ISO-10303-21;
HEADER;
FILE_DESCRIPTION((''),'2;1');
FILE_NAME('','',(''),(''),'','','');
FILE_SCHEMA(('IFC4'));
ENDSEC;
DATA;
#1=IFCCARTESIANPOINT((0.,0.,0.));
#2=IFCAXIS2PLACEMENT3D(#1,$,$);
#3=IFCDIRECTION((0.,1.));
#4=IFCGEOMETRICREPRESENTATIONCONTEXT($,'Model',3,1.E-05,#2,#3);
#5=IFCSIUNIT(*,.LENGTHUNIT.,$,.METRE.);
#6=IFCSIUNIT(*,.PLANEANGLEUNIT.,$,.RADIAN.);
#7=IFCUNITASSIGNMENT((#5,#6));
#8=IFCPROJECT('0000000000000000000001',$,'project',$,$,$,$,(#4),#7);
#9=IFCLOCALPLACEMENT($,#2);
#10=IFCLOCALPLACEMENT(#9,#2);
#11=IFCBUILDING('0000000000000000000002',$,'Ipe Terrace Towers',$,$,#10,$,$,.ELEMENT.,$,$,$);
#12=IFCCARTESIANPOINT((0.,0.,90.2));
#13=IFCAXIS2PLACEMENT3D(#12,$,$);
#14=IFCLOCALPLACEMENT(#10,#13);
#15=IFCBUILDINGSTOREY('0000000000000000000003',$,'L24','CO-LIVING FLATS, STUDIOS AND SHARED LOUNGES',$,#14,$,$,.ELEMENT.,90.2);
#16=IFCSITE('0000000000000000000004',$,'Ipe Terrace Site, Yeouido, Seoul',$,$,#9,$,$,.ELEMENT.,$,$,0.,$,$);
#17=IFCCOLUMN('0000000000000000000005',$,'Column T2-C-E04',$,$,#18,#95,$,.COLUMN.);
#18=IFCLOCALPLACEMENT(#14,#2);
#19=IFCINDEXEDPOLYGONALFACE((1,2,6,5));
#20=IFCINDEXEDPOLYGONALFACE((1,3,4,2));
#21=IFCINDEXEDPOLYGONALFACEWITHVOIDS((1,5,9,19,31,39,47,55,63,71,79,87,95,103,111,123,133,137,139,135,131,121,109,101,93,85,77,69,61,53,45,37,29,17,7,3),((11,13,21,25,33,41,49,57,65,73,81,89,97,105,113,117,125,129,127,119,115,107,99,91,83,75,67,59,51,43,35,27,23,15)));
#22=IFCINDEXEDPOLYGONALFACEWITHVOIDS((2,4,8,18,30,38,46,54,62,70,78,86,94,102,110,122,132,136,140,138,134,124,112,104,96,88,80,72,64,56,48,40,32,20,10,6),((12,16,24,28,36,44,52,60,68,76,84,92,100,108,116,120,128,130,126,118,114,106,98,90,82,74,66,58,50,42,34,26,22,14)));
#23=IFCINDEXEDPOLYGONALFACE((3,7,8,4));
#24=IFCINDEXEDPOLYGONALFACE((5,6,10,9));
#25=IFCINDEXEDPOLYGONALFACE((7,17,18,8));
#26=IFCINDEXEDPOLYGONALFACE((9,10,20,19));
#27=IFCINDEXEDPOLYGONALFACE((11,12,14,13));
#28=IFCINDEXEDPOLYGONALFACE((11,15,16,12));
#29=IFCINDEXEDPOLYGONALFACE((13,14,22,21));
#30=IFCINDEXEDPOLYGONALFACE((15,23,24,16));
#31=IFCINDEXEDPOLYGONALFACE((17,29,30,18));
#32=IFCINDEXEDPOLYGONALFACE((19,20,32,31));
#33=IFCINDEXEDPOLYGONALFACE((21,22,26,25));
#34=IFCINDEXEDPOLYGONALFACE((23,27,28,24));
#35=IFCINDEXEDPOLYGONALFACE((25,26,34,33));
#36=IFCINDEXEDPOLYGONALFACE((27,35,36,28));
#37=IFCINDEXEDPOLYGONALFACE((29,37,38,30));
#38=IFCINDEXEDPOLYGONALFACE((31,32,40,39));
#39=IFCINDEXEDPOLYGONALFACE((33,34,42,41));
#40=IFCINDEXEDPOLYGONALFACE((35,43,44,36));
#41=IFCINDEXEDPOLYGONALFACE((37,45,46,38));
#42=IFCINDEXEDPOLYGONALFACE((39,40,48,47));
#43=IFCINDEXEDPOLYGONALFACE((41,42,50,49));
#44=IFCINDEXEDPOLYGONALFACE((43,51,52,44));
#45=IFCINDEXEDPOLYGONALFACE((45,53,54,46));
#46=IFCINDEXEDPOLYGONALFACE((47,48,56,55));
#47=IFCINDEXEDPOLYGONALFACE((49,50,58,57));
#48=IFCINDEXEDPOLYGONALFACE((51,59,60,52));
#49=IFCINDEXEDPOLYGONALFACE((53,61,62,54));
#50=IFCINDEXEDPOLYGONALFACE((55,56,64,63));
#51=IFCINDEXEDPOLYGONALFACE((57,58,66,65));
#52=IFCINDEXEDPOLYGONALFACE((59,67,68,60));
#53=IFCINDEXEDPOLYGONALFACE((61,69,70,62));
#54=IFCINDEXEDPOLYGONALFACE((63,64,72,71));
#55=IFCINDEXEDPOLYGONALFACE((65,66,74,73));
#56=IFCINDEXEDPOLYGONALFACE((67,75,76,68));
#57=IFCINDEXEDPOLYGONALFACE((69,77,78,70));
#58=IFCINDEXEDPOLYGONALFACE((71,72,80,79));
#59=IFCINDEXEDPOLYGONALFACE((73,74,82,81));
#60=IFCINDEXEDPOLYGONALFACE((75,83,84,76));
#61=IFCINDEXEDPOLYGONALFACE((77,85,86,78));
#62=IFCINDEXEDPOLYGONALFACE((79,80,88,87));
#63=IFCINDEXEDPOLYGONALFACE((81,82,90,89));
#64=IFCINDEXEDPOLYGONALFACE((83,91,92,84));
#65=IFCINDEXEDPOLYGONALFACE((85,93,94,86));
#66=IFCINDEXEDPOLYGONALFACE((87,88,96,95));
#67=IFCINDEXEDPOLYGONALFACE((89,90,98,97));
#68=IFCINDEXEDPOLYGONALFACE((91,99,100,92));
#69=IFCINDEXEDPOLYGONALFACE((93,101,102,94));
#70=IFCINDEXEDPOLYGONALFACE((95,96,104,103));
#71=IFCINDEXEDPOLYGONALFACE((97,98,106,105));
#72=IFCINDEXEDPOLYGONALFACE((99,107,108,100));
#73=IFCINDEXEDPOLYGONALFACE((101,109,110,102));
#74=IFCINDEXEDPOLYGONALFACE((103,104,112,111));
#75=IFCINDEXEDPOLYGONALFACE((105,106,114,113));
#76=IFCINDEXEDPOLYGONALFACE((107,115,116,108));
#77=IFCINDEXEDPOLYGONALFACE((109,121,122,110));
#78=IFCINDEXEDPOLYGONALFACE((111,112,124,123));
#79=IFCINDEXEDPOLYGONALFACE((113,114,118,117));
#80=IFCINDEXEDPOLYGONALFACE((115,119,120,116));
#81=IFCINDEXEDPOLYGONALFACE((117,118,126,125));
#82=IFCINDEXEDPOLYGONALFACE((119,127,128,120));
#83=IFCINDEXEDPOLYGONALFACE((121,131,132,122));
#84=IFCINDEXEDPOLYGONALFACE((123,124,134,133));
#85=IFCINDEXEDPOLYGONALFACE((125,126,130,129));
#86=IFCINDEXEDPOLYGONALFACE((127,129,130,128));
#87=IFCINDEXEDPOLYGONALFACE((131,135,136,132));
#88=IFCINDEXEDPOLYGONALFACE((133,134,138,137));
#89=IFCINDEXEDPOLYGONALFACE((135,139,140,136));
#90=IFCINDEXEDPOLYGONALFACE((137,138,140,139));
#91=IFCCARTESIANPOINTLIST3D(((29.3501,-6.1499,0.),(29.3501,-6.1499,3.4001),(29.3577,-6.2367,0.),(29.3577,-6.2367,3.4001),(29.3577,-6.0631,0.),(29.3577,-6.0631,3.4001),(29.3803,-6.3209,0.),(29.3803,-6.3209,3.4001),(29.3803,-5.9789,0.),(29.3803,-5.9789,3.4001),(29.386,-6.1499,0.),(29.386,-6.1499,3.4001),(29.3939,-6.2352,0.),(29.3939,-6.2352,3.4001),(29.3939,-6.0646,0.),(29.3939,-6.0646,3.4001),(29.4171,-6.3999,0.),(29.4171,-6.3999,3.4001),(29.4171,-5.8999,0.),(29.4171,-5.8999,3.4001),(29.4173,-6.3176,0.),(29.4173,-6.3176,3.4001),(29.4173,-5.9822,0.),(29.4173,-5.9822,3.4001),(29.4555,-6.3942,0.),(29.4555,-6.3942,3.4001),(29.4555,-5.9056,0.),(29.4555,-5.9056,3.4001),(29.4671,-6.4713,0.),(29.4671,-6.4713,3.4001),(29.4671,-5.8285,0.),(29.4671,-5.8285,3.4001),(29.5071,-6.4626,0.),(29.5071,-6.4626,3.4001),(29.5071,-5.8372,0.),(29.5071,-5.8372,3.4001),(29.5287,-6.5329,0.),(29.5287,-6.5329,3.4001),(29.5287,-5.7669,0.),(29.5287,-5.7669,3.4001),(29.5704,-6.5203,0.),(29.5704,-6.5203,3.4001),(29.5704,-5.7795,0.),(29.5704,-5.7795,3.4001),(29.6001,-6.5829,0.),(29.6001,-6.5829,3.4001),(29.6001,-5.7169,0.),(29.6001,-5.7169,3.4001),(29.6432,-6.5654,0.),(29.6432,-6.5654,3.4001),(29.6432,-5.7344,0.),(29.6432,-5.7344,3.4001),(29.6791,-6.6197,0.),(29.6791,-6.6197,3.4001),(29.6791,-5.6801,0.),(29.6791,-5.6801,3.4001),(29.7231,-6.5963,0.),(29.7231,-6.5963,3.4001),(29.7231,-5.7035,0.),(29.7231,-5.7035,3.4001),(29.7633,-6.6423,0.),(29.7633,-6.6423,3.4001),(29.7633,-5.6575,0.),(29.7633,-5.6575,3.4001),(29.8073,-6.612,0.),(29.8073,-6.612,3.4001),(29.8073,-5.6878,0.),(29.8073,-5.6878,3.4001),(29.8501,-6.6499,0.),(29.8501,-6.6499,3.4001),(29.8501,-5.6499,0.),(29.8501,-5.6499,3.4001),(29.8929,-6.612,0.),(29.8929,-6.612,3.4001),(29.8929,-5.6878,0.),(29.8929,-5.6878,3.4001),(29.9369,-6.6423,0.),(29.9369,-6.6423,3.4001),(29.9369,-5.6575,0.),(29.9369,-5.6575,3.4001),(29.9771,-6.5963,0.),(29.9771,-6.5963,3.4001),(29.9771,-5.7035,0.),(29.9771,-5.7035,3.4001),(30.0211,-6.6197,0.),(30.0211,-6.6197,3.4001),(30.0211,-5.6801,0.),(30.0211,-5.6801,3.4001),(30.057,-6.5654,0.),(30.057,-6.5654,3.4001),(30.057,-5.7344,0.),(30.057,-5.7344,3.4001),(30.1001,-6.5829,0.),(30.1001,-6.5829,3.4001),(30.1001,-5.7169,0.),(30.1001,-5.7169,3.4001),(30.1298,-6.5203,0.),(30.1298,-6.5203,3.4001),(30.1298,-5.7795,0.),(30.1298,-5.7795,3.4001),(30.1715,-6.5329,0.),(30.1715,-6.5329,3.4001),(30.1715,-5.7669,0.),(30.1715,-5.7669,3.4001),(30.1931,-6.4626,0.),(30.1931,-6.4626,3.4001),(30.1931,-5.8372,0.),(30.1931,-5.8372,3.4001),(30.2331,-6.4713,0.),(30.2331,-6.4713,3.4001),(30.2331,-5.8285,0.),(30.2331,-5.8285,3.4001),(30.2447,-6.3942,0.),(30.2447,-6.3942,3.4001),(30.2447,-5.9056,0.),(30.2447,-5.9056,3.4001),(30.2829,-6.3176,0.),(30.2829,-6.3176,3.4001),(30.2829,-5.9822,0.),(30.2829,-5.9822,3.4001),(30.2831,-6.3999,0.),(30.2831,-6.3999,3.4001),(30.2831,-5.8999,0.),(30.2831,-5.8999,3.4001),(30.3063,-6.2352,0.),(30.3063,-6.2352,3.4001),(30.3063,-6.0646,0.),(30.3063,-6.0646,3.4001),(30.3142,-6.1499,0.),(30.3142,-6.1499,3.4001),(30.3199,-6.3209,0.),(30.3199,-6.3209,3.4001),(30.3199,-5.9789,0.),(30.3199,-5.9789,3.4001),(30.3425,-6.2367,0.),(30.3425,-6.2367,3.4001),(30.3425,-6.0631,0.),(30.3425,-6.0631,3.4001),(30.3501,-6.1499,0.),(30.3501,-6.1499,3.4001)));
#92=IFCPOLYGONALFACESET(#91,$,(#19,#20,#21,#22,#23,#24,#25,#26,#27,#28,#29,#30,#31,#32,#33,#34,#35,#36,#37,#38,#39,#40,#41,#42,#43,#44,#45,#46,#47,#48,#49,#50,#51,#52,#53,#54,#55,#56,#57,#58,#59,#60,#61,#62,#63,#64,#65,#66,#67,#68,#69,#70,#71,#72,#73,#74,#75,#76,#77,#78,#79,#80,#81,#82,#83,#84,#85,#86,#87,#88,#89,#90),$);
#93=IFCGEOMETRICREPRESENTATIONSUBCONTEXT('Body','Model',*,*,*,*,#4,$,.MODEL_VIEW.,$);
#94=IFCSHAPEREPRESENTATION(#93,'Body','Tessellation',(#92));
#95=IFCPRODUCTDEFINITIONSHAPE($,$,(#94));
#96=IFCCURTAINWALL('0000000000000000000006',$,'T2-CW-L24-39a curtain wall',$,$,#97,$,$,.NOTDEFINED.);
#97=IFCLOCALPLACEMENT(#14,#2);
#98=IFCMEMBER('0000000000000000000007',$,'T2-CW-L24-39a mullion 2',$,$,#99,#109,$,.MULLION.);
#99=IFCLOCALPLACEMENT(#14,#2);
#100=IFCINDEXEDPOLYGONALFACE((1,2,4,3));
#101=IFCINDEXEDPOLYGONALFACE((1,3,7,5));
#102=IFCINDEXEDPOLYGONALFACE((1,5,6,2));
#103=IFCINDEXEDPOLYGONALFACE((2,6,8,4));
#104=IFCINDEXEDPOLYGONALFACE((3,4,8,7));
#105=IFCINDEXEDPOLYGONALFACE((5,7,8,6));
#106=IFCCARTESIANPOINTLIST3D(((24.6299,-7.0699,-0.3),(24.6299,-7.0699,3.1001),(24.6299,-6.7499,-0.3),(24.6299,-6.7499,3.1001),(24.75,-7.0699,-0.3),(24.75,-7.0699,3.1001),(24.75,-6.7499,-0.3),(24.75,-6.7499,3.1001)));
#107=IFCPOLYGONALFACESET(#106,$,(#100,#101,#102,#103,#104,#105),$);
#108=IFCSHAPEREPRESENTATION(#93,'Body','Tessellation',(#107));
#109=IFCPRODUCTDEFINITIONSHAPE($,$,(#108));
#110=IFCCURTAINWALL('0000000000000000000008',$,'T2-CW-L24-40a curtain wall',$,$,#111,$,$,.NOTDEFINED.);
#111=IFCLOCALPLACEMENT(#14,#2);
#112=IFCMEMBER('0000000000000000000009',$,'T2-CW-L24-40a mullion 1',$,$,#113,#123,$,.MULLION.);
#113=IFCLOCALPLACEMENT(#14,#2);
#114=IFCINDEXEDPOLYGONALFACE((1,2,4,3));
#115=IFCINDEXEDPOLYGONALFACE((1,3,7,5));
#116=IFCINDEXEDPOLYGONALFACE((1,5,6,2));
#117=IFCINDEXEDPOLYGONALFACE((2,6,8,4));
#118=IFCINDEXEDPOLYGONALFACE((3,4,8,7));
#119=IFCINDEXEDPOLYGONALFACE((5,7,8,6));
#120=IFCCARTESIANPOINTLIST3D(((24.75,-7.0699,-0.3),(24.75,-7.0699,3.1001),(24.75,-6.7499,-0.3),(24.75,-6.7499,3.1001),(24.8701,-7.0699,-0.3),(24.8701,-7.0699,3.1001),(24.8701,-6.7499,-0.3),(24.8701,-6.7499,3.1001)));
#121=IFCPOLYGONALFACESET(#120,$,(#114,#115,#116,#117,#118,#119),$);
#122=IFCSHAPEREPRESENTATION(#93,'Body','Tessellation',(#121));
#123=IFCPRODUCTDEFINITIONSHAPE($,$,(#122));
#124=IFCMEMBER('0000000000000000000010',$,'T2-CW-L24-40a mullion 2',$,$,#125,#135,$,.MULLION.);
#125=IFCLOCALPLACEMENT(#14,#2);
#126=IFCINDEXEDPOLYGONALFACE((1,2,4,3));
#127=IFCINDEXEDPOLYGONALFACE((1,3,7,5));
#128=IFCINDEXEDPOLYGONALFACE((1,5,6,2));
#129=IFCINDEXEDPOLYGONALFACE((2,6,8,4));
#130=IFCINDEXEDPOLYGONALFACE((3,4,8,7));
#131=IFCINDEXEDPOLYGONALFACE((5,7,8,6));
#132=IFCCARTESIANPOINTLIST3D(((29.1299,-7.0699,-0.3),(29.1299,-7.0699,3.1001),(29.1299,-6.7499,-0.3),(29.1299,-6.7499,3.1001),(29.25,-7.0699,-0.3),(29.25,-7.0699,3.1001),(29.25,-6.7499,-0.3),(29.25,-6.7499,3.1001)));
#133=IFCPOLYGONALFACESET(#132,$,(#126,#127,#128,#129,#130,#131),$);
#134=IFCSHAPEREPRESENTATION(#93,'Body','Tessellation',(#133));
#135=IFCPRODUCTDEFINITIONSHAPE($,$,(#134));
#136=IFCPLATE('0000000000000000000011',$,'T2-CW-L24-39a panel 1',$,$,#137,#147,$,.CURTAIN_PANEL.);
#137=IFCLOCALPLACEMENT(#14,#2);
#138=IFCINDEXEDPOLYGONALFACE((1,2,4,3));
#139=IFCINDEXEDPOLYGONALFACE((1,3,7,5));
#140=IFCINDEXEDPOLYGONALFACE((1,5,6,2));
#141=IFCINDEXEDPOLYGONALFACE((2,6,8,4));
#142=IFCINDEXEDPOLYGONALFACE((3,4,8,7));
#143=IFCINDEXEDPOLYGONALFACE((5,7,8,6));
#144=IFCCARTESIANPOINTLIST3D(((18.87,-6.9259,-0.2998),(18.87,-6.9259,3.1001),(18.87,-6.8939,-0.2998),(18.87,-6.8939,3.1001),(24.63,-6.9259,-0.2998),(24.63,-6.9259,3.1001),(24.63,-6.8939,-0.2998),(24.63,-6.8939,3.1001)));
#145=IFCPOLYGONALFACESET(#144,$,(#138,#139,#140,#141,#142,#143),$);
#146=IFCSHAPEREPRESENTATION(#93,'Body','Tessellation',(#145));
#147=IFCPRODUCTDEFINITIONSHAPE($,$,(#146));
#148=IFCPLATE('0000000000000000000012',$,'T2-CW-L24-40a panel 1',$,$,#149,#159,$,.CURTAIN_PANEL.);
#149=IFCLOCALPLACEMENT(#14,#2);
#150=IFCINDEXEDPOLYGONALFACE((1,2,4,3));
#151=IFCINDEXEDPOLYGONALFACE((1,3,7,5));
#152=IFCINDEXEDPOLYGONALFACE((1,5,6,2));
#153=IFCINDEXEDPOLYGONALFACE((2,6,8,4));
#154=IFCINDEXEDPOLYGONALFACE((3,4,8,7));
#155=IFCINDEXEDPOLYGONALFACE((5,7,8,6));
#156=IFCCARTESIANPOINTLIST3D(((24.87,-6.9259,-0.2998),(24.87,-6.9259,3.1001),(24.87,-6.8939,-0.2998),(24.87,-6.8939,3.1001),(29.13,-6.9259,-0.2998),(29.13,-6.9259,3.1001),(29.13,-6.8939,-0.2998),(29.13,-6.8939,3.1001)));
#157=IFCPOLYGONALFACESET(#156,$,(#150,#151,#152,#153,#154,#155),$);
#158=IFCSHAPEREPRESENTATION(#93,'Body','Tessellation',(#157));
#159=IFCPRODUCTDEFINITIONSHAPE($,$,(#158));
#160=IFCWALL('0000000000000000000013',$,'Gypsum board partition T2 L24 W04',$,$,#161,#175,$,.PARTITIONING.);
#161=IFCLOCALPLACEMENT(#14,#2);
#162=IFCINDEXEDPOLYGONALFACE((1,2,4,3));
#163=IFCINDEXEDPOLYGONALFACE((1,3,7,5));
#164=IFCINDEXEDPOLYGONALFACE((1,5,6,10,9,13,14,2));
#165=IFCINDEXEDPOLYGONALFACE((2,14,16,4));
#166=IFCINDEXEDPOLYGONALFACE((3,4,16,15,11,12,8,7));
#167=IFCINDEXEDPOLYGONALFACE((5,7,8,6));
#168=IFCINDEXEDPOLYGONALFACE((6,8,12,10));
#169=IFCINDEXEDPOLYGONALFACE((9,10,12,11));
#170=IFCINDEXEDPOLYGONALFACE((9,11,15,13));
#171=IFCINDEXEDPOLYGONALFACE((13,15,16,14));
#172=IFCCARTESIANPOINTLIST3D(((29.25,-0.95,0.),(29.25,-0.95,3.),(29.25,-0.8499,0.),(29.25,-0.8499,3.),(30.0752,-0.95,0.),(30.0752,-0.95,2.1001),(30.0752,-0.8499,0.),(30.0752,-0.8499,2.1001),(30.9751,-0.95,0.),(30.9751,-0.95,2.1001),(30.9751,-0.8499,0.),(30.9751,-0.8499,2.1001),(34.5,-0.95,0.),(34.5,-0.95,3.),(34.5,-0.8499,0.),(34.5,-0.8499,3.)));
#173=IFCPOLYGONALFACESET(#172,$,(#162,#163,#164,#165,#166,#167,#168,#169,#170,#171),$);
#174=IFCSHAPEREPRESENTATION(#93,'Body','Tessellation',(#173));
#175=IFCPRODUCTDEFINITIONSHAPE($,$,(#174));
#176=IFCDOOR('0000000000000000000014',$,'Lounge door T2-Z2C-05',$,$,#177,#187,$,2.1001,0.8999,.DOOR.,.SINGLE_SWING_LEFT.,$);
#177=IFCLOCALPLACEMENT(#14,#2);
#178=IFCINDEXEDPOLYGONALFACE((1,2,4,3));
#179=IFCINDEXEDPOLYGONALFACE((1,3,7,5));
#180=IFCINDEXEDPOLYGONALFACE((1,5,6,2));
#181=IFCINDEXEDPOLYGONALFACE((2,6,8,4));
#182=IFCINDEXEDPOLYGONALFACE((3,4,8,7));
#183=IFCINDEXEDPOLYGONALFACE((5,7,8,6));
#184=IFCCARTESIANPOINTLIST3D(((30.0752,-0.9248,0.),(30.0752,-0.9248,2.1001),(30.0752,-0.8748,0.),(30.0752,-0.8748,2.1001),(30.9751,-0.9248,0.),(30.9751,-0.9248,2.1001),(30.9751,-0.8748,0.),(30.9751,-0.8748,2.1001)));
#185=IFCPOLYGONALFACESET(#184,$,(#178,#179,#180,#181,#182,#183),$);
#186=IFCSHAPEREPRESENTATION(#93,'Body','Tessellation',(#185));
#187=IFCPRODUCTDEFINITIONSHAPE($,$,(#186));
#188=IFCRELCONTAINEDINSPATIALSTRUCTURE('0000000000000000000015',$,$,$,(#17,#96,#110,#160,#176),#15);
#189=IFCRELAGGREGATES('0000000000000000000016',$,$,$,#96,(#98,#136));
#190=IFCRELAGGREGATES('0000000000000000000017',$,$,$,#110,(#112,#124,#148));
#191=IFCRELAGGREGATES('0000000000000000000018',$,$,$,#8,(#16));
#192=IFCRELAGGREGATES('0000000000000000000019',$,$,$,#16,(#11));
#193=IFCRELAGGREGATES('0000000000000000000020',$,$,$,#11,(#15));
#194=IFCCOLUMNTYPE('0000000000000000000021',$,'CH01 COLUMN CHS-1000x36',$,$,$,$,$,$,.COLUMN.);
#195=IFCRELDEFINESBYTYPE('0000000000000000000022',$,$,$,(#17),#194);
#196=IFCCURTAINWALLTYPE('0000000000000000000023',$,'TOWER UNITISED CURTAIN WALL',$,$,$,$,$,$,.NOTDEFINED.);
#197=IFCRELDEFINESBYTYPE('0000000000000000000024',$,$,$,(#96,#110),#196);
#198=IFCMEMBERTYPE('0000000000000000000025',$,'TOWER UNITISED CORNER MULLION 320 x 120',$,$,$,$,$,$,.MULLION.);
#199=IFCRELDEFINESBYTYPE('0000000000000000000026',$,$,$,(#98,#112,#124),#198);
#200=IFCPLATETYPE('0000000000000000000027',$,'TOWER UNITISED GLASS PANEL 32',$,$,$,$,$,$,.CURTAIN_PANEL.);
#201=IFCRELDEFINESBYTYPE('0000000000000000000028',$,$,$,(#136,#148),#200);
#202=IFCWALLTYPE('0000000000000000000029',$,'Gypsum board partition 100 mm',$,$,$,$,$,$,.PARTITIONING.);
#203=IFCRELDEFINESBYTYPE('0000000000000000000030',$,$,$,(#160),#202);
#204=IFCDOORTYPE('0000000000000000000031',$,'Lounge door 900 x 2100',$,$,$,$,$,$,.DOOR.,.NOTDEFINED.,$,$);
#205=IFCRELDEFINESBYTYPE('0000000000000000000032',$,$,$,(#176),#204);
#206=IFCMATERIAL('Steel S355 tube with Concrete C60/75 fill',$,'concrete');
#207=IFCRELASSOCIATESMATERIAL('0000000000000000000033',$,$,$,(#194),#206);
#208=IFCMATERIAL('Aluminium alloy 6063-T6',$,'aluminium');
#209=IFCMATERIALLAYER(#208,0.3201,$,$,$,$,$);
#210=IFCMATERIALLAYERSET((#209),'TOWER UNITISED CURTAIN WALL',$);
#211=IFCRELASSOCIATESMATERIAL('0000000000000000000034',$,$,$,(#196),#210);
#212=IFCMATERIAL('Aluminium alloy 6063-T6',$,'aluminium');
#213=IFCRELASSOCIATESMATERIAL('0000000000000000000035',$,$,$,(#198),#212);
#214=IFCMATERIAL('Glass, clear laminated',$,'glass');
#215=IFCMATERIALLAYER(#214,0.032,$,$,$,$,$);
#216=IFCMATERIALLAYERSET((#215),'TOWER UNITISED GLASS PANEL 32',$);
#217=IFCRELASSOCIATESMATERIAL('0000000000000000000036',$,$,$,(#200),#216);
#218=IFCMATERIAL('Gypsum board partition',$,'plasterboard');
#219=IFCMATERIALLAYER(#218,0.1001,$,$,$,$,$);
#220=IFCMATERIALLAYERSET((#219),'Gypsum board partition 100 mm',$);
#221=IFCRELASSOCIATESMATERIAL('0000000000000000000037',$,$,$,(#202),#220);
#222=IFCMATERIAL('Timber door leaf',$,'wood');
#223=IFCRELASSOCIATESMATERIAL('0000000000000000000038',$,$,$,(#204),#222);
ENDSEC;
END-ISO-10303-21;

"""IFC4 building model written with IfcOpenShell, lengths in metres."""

from ifc_helpers import new_model, si_unit, direction, frame, frame_2d, origin, origin_2d, place, context, subcontext, project, spatial, rectangle, hollow_circle, extrude, material, layer, layer_set, material_profile, profile_set, type_object, element, fill, aggregate, save


model = new_model("IFC4")

# Units and contexts
model_context = context("Model", 3, precision=1e-05, world=origin(), true_north=direction((0.0, 1.0)))
body_context = subcontext(model_context, "Body", "Model", "MODEL_VIEW")
ifc_project = project(units=[si_unit("LENGTHUNIT", "METRE"), si_unit("PLANEANGLEUNIT", "RADIAN")], contexts=[model_context])

# Site, building, storey
site_placement = place(None, origin())
site = spatial("IfcSite", under=ifc_project, at=site_placement, Name="Ipe Terrace Site, Yeouido, Seoul", CompositionType="ELEMENT", RefElevation=0.0)
building_placement = place(site_placement, origin())
building = spatial("IfcBuilding", under=site, at=building_placement, Name="Ipe Terrace Towers", CompositionType="ELEMENT")
storey_placement = place(building_placement, frame((0.0, 0.0, 90.2)))
storey = spatial("IfcBuildingStorey", under=building, at=storey_placement, Name="L24", Description="CO-LIVING FLATS, STUDIOS AND SHARED LOUNGES", CompositionType="ELEMENT", Elevation=90.2)

# Column
ifc_material_1 = material(Name="Steel S355 tube with Concrete C60/75 fill", Category="concrete")
ifc_material_profile_1 = material_profile(ifc_material_1, hollow_circle(Radius=0.5, WallThickness=0.0359, at=origin_2d()), Name="CHS-1000x36")
ifc_profile_set_1 = profile_set([ifc_material_profile_1], Name="Steel S355 tube with Concrete C60/75 fill")
column_type = type_object("IfcColumnType", Name="CH01 COLUMN CHS-1000x36", PredefinedType="COLUMN", material=ifc_profile_set_1)
column_placement = place(storey_placement, frame((29.8501, -6.1499, 0.0), z_axis=(0.0, 0.0, 1.0), x_axis=(1.0, 0.0, 0.0)))
element("IfcColumn", 1, at=column_placement, inside=storey, type_object=column_type, Name="Column T2-C-E04", PredefinedType="COLUMN", context=body_context, shape_type="SweptSolid", body=[
    extrude(hollow_circle(Radius=0.5, WallThickness=0.0359, at=origin_2d()), origin(), (0.0, 0.0, 1.0), 3.4001),
])

# Curtain wall, member
ifc_material_2 = material(Name="Aluminium alloy 6063-T6", Category="aluminium")
ifc_layer_1 = layer(ifc_material_2, 0.3201)
ifc_layer_set_1 = layer_set([ifc_layer_1], Name="TOWER UNITISED CURTAIN WALL")
curtain_wall_type = type_object("IfcCurtainWallType", Name="TOWER UNITISED CURTAIN WALL", PredefinedType="NOTDEFINED", material=ifc_layer_set_1)
curtain_wall_1_placement = place(storey_placement, origin())
curtain_wall_1 = element("IfcCurtainWall", 2, at=curtain_wall_1_placement, inside=storey, type_object=curtain_wall_type, Name="T2-CW-L24-39a curtain wall", PredefinedType="NOTDEFINED")
ifc_material_3 = material(Name="Aluminium alloy 6063-T6", Category="aluminium")
ifc_material_profile_2 = material_profile(ifc_material_3, rectangle(XDim=0.3201, YDim=0.1201, at=origin_2d()), Name="TOWER UNITISED CORNER MULLION 320 x 120")
ifc_profile_set_2 = profile_set([ifc_material_profile_2], Name="Aluminium alloy 6063-T6")
member_type = type_object("IfcMemberType", Name="TOWER UNITISED CORNER MULLION 320 x 120", PredefinedType="MULLION", material=ifc_profile_set_2)
member_1_placement = place(storey_placement, frame((24.6899, -6.9099, -0.3), z_axis=(0.0, 0.0, 1.0), x_axis=(0.0, -1.0, 0.0)))
member_1 = element("IfcMember", 3, at=member_1_placement, type_object=member_type, Name="T2-CW-L24-39a mullion 2", PredefinedType="MULLION", context=body_context, shape_type="SweptSolid", body=[
    extrude(rectangle(XDim=0.3201, YDim=0.1201, at=origin_2d()), origin(), (0.0, 0.0, 1.0), 3.4001),
])

# Curtain wall, members
curtain_wall_2_placement = place(storey_placement, origin())
curtain_wall_2 = element("IfcCurtainWall", 4, at=curtain_wall_2_placement, inside=storey, type_object=curtain_wall_type, Name="T2-CW-L24-40a curtain wall", PredefinedType="NOTDEFINED")
member_2_placement = place(storey_placement, frame((24.8101, -6.9099, -0.3), z_axis=(0.0, 0.0, 1.0), x_axis=(0.0, -1.0, 0.0)))
member_2 = element("IfcMember", 5, at=member_2_placement, type_object=member_type, Name="T2-CW-L24-40a mullion 1", PredefinedType="MULLION", context=body_context, shape_type="SweptSolid", body=[
    extrude(rectangle(XDim=0.3201, YDim=0.1201, at=origin_2d()), origin(), (0.0, 0.0, 1.0), 3.4001),
])
member_3_placement = place(storey_placement, frame((29.1899, -6.9099, -0.3), z_axis=(0.0, 0.0, 1.0), x_axis=(0.0, -1.0, 0.0)))
member_3 = element("IfcMember", 6, at=member_3_placement, type_object=member_type, Name="T2-CW-L24-40a mullion 2", PredefinedType="MULLION", context=body_context, shape_type="SweptSolid", body=[
    extrude(rectangle(XDim=0.3201, YDim=0.1201, at=origin_2d()), origin(), (0.0, 0.0, 1.0), 3.4001),
])

# Plates
ifc_material_4 = material(Name="Glass, clear laminated", Category="glass")
ifc_layer_2 = layer(ifc_material_4, 0.032)
ifc_layer_set_2 = layer_set([ifc_layer_2], Name="TOWER UNITISED GLASS PANEL 32")
plate_type = type_object("IfcPlateType", Name="TOWER UNITISED GLASS PANEL 32", PredefinedType="CURTAIN_PANEL", material=ifc_layer_set_2)
plate_1_placement = place(storey_placement, frame((21.75, -6.9099, -0.2998), z_axis=(0.0, 0.0, 1.0), x_axis=(1.0, 0.0, 0.0)))
plate_1 = element("IfcPlate", 7, at=plate_1_placement, type_object=plate_type, Name="T2-CW-L24-39a panel 1", PredefinedType="CURTAIN_PANEL", context=body_context, shape_type="SweptSolid", body=[
    extrude(rectangle(XDim=5.76, YDim=0.032, at=origin_2d()), origin(), (0.0, 0.0, 1.0), 3.3999),
])
aggregate(curtain_wall_1, [member_1, plate_1])
plate_2_placement = place(storey_placement, frame((27.0, -6.9099, -0.2998), z_axis=(0.0, 0.0, 1.0), x_axis=(1.0, 0.0, 0.0)))
plate_2 = element("IfcPlate", 8, at=plate_2_placement, type_object=plate_type, Name="T2-CW-L24-40a panel 1", PredefinedType="CURTAIN_PANEL", context=body_context, shape_type="SweptSolid", body=[
    extrude(rectangle(XDim=4.26, YDim=0.032, at=origin_2d()), origin(), (0.0, 0.0, 1.0), 3.3999),
])
aggregate(curtain_wall_2, [member_2, member_3, plate_2])

# Wall, opening, door
ifc_material_5 = material(Name="Gypsum board partition", Category="plasterboard")
ifc_layer_3 = layer(ifc_material_5, 0.1001)
ifc_layer_set_3 = layer_set([ifc_layer_3], Name="Gypsum board partition 100 mm")
wall_type_1 = type_object("IfcWallType", Name="Gypsum board partition 100 mm", PredefinedType="PARTITIONING", material=ifc_layer_set_3)
wall_1_placement = place(storey_placement, frame((34.5, -0.8999, 0.0), z_axis=(0.0, 0.0, 1.0), x_axis=(-1.0, 0.0, 0.0)))
wall_1 = element("IfcWall", 9, at=wall_1_placement, inside=storey, type_object=wall_type_1, Name="Gypsum board partition T2 L24 W04", PredefinedType="PARTITIONING", context=body_context, shape_type="SweptSolid", body=[
    extrude(rectangle(XDim=5.25, YDim=0.1001, at=frame_2d((2.625, 0.0))), origin(), (0.0, 0.0, 1.0), 3.0),
])
opening_1_placement = place(wall_1_placement, frame((3.5249, 0.0, 0.0)))
opening_1 = element("IfcOpeningElement", 10, at=opening_1_placement, cuts=wall_1, PredefinedType="OPENING", context=body_context, shape_type="SweptSolid", body=[
    extrude(rectangle(XDim=0.8999, YDim=2.1001, at=frame_2d((0.45, 1.05))), frame((0.0, 0.0601, 0.0), z_axis=(0.0, -1.0, 0.0), x_axis=(1.0, 0.0, 0.0)), (0.0, 0.0, 1.0), 0.1201),
])
ifc_material_6 = material(Name="Timber door leaf", Category="wood")
door_type_1 = type_object("IfcDoorType", Name="Lounge door 900 x 2100", OperationType="NOTDEFINED", PredefinedType="DOOR", material=ifc_material_6)
door_1_placement = place(opening_1_placement, origin())
door_1 = element("IfcDoor", 11, at=door_1_placement, inside=storey, type_object=door_type_1, Name="Lounge door T2-Z2C-05", OperationType="SINGLE_SWING_LEFT", OverallHeight=2.1001, OverallWidth=0.8999, PredefinedType="DOOR", context=body_context, shape_type="SweptSolid", body=[
    extrude(rectangle(XDim=0.8999, YDim=2.1001, at=frame_2d((0.45, 1.05))), frame((0.0, 0.0249, 0.0), z_axis=(0.0, -1.0, 0.0), x_axis=(1.0, 0.0, 0.0)), (0.0, 0.0, 1.0), 0.05),
])
fill(opening_1, door_1)

save(model, "model.ifc")
